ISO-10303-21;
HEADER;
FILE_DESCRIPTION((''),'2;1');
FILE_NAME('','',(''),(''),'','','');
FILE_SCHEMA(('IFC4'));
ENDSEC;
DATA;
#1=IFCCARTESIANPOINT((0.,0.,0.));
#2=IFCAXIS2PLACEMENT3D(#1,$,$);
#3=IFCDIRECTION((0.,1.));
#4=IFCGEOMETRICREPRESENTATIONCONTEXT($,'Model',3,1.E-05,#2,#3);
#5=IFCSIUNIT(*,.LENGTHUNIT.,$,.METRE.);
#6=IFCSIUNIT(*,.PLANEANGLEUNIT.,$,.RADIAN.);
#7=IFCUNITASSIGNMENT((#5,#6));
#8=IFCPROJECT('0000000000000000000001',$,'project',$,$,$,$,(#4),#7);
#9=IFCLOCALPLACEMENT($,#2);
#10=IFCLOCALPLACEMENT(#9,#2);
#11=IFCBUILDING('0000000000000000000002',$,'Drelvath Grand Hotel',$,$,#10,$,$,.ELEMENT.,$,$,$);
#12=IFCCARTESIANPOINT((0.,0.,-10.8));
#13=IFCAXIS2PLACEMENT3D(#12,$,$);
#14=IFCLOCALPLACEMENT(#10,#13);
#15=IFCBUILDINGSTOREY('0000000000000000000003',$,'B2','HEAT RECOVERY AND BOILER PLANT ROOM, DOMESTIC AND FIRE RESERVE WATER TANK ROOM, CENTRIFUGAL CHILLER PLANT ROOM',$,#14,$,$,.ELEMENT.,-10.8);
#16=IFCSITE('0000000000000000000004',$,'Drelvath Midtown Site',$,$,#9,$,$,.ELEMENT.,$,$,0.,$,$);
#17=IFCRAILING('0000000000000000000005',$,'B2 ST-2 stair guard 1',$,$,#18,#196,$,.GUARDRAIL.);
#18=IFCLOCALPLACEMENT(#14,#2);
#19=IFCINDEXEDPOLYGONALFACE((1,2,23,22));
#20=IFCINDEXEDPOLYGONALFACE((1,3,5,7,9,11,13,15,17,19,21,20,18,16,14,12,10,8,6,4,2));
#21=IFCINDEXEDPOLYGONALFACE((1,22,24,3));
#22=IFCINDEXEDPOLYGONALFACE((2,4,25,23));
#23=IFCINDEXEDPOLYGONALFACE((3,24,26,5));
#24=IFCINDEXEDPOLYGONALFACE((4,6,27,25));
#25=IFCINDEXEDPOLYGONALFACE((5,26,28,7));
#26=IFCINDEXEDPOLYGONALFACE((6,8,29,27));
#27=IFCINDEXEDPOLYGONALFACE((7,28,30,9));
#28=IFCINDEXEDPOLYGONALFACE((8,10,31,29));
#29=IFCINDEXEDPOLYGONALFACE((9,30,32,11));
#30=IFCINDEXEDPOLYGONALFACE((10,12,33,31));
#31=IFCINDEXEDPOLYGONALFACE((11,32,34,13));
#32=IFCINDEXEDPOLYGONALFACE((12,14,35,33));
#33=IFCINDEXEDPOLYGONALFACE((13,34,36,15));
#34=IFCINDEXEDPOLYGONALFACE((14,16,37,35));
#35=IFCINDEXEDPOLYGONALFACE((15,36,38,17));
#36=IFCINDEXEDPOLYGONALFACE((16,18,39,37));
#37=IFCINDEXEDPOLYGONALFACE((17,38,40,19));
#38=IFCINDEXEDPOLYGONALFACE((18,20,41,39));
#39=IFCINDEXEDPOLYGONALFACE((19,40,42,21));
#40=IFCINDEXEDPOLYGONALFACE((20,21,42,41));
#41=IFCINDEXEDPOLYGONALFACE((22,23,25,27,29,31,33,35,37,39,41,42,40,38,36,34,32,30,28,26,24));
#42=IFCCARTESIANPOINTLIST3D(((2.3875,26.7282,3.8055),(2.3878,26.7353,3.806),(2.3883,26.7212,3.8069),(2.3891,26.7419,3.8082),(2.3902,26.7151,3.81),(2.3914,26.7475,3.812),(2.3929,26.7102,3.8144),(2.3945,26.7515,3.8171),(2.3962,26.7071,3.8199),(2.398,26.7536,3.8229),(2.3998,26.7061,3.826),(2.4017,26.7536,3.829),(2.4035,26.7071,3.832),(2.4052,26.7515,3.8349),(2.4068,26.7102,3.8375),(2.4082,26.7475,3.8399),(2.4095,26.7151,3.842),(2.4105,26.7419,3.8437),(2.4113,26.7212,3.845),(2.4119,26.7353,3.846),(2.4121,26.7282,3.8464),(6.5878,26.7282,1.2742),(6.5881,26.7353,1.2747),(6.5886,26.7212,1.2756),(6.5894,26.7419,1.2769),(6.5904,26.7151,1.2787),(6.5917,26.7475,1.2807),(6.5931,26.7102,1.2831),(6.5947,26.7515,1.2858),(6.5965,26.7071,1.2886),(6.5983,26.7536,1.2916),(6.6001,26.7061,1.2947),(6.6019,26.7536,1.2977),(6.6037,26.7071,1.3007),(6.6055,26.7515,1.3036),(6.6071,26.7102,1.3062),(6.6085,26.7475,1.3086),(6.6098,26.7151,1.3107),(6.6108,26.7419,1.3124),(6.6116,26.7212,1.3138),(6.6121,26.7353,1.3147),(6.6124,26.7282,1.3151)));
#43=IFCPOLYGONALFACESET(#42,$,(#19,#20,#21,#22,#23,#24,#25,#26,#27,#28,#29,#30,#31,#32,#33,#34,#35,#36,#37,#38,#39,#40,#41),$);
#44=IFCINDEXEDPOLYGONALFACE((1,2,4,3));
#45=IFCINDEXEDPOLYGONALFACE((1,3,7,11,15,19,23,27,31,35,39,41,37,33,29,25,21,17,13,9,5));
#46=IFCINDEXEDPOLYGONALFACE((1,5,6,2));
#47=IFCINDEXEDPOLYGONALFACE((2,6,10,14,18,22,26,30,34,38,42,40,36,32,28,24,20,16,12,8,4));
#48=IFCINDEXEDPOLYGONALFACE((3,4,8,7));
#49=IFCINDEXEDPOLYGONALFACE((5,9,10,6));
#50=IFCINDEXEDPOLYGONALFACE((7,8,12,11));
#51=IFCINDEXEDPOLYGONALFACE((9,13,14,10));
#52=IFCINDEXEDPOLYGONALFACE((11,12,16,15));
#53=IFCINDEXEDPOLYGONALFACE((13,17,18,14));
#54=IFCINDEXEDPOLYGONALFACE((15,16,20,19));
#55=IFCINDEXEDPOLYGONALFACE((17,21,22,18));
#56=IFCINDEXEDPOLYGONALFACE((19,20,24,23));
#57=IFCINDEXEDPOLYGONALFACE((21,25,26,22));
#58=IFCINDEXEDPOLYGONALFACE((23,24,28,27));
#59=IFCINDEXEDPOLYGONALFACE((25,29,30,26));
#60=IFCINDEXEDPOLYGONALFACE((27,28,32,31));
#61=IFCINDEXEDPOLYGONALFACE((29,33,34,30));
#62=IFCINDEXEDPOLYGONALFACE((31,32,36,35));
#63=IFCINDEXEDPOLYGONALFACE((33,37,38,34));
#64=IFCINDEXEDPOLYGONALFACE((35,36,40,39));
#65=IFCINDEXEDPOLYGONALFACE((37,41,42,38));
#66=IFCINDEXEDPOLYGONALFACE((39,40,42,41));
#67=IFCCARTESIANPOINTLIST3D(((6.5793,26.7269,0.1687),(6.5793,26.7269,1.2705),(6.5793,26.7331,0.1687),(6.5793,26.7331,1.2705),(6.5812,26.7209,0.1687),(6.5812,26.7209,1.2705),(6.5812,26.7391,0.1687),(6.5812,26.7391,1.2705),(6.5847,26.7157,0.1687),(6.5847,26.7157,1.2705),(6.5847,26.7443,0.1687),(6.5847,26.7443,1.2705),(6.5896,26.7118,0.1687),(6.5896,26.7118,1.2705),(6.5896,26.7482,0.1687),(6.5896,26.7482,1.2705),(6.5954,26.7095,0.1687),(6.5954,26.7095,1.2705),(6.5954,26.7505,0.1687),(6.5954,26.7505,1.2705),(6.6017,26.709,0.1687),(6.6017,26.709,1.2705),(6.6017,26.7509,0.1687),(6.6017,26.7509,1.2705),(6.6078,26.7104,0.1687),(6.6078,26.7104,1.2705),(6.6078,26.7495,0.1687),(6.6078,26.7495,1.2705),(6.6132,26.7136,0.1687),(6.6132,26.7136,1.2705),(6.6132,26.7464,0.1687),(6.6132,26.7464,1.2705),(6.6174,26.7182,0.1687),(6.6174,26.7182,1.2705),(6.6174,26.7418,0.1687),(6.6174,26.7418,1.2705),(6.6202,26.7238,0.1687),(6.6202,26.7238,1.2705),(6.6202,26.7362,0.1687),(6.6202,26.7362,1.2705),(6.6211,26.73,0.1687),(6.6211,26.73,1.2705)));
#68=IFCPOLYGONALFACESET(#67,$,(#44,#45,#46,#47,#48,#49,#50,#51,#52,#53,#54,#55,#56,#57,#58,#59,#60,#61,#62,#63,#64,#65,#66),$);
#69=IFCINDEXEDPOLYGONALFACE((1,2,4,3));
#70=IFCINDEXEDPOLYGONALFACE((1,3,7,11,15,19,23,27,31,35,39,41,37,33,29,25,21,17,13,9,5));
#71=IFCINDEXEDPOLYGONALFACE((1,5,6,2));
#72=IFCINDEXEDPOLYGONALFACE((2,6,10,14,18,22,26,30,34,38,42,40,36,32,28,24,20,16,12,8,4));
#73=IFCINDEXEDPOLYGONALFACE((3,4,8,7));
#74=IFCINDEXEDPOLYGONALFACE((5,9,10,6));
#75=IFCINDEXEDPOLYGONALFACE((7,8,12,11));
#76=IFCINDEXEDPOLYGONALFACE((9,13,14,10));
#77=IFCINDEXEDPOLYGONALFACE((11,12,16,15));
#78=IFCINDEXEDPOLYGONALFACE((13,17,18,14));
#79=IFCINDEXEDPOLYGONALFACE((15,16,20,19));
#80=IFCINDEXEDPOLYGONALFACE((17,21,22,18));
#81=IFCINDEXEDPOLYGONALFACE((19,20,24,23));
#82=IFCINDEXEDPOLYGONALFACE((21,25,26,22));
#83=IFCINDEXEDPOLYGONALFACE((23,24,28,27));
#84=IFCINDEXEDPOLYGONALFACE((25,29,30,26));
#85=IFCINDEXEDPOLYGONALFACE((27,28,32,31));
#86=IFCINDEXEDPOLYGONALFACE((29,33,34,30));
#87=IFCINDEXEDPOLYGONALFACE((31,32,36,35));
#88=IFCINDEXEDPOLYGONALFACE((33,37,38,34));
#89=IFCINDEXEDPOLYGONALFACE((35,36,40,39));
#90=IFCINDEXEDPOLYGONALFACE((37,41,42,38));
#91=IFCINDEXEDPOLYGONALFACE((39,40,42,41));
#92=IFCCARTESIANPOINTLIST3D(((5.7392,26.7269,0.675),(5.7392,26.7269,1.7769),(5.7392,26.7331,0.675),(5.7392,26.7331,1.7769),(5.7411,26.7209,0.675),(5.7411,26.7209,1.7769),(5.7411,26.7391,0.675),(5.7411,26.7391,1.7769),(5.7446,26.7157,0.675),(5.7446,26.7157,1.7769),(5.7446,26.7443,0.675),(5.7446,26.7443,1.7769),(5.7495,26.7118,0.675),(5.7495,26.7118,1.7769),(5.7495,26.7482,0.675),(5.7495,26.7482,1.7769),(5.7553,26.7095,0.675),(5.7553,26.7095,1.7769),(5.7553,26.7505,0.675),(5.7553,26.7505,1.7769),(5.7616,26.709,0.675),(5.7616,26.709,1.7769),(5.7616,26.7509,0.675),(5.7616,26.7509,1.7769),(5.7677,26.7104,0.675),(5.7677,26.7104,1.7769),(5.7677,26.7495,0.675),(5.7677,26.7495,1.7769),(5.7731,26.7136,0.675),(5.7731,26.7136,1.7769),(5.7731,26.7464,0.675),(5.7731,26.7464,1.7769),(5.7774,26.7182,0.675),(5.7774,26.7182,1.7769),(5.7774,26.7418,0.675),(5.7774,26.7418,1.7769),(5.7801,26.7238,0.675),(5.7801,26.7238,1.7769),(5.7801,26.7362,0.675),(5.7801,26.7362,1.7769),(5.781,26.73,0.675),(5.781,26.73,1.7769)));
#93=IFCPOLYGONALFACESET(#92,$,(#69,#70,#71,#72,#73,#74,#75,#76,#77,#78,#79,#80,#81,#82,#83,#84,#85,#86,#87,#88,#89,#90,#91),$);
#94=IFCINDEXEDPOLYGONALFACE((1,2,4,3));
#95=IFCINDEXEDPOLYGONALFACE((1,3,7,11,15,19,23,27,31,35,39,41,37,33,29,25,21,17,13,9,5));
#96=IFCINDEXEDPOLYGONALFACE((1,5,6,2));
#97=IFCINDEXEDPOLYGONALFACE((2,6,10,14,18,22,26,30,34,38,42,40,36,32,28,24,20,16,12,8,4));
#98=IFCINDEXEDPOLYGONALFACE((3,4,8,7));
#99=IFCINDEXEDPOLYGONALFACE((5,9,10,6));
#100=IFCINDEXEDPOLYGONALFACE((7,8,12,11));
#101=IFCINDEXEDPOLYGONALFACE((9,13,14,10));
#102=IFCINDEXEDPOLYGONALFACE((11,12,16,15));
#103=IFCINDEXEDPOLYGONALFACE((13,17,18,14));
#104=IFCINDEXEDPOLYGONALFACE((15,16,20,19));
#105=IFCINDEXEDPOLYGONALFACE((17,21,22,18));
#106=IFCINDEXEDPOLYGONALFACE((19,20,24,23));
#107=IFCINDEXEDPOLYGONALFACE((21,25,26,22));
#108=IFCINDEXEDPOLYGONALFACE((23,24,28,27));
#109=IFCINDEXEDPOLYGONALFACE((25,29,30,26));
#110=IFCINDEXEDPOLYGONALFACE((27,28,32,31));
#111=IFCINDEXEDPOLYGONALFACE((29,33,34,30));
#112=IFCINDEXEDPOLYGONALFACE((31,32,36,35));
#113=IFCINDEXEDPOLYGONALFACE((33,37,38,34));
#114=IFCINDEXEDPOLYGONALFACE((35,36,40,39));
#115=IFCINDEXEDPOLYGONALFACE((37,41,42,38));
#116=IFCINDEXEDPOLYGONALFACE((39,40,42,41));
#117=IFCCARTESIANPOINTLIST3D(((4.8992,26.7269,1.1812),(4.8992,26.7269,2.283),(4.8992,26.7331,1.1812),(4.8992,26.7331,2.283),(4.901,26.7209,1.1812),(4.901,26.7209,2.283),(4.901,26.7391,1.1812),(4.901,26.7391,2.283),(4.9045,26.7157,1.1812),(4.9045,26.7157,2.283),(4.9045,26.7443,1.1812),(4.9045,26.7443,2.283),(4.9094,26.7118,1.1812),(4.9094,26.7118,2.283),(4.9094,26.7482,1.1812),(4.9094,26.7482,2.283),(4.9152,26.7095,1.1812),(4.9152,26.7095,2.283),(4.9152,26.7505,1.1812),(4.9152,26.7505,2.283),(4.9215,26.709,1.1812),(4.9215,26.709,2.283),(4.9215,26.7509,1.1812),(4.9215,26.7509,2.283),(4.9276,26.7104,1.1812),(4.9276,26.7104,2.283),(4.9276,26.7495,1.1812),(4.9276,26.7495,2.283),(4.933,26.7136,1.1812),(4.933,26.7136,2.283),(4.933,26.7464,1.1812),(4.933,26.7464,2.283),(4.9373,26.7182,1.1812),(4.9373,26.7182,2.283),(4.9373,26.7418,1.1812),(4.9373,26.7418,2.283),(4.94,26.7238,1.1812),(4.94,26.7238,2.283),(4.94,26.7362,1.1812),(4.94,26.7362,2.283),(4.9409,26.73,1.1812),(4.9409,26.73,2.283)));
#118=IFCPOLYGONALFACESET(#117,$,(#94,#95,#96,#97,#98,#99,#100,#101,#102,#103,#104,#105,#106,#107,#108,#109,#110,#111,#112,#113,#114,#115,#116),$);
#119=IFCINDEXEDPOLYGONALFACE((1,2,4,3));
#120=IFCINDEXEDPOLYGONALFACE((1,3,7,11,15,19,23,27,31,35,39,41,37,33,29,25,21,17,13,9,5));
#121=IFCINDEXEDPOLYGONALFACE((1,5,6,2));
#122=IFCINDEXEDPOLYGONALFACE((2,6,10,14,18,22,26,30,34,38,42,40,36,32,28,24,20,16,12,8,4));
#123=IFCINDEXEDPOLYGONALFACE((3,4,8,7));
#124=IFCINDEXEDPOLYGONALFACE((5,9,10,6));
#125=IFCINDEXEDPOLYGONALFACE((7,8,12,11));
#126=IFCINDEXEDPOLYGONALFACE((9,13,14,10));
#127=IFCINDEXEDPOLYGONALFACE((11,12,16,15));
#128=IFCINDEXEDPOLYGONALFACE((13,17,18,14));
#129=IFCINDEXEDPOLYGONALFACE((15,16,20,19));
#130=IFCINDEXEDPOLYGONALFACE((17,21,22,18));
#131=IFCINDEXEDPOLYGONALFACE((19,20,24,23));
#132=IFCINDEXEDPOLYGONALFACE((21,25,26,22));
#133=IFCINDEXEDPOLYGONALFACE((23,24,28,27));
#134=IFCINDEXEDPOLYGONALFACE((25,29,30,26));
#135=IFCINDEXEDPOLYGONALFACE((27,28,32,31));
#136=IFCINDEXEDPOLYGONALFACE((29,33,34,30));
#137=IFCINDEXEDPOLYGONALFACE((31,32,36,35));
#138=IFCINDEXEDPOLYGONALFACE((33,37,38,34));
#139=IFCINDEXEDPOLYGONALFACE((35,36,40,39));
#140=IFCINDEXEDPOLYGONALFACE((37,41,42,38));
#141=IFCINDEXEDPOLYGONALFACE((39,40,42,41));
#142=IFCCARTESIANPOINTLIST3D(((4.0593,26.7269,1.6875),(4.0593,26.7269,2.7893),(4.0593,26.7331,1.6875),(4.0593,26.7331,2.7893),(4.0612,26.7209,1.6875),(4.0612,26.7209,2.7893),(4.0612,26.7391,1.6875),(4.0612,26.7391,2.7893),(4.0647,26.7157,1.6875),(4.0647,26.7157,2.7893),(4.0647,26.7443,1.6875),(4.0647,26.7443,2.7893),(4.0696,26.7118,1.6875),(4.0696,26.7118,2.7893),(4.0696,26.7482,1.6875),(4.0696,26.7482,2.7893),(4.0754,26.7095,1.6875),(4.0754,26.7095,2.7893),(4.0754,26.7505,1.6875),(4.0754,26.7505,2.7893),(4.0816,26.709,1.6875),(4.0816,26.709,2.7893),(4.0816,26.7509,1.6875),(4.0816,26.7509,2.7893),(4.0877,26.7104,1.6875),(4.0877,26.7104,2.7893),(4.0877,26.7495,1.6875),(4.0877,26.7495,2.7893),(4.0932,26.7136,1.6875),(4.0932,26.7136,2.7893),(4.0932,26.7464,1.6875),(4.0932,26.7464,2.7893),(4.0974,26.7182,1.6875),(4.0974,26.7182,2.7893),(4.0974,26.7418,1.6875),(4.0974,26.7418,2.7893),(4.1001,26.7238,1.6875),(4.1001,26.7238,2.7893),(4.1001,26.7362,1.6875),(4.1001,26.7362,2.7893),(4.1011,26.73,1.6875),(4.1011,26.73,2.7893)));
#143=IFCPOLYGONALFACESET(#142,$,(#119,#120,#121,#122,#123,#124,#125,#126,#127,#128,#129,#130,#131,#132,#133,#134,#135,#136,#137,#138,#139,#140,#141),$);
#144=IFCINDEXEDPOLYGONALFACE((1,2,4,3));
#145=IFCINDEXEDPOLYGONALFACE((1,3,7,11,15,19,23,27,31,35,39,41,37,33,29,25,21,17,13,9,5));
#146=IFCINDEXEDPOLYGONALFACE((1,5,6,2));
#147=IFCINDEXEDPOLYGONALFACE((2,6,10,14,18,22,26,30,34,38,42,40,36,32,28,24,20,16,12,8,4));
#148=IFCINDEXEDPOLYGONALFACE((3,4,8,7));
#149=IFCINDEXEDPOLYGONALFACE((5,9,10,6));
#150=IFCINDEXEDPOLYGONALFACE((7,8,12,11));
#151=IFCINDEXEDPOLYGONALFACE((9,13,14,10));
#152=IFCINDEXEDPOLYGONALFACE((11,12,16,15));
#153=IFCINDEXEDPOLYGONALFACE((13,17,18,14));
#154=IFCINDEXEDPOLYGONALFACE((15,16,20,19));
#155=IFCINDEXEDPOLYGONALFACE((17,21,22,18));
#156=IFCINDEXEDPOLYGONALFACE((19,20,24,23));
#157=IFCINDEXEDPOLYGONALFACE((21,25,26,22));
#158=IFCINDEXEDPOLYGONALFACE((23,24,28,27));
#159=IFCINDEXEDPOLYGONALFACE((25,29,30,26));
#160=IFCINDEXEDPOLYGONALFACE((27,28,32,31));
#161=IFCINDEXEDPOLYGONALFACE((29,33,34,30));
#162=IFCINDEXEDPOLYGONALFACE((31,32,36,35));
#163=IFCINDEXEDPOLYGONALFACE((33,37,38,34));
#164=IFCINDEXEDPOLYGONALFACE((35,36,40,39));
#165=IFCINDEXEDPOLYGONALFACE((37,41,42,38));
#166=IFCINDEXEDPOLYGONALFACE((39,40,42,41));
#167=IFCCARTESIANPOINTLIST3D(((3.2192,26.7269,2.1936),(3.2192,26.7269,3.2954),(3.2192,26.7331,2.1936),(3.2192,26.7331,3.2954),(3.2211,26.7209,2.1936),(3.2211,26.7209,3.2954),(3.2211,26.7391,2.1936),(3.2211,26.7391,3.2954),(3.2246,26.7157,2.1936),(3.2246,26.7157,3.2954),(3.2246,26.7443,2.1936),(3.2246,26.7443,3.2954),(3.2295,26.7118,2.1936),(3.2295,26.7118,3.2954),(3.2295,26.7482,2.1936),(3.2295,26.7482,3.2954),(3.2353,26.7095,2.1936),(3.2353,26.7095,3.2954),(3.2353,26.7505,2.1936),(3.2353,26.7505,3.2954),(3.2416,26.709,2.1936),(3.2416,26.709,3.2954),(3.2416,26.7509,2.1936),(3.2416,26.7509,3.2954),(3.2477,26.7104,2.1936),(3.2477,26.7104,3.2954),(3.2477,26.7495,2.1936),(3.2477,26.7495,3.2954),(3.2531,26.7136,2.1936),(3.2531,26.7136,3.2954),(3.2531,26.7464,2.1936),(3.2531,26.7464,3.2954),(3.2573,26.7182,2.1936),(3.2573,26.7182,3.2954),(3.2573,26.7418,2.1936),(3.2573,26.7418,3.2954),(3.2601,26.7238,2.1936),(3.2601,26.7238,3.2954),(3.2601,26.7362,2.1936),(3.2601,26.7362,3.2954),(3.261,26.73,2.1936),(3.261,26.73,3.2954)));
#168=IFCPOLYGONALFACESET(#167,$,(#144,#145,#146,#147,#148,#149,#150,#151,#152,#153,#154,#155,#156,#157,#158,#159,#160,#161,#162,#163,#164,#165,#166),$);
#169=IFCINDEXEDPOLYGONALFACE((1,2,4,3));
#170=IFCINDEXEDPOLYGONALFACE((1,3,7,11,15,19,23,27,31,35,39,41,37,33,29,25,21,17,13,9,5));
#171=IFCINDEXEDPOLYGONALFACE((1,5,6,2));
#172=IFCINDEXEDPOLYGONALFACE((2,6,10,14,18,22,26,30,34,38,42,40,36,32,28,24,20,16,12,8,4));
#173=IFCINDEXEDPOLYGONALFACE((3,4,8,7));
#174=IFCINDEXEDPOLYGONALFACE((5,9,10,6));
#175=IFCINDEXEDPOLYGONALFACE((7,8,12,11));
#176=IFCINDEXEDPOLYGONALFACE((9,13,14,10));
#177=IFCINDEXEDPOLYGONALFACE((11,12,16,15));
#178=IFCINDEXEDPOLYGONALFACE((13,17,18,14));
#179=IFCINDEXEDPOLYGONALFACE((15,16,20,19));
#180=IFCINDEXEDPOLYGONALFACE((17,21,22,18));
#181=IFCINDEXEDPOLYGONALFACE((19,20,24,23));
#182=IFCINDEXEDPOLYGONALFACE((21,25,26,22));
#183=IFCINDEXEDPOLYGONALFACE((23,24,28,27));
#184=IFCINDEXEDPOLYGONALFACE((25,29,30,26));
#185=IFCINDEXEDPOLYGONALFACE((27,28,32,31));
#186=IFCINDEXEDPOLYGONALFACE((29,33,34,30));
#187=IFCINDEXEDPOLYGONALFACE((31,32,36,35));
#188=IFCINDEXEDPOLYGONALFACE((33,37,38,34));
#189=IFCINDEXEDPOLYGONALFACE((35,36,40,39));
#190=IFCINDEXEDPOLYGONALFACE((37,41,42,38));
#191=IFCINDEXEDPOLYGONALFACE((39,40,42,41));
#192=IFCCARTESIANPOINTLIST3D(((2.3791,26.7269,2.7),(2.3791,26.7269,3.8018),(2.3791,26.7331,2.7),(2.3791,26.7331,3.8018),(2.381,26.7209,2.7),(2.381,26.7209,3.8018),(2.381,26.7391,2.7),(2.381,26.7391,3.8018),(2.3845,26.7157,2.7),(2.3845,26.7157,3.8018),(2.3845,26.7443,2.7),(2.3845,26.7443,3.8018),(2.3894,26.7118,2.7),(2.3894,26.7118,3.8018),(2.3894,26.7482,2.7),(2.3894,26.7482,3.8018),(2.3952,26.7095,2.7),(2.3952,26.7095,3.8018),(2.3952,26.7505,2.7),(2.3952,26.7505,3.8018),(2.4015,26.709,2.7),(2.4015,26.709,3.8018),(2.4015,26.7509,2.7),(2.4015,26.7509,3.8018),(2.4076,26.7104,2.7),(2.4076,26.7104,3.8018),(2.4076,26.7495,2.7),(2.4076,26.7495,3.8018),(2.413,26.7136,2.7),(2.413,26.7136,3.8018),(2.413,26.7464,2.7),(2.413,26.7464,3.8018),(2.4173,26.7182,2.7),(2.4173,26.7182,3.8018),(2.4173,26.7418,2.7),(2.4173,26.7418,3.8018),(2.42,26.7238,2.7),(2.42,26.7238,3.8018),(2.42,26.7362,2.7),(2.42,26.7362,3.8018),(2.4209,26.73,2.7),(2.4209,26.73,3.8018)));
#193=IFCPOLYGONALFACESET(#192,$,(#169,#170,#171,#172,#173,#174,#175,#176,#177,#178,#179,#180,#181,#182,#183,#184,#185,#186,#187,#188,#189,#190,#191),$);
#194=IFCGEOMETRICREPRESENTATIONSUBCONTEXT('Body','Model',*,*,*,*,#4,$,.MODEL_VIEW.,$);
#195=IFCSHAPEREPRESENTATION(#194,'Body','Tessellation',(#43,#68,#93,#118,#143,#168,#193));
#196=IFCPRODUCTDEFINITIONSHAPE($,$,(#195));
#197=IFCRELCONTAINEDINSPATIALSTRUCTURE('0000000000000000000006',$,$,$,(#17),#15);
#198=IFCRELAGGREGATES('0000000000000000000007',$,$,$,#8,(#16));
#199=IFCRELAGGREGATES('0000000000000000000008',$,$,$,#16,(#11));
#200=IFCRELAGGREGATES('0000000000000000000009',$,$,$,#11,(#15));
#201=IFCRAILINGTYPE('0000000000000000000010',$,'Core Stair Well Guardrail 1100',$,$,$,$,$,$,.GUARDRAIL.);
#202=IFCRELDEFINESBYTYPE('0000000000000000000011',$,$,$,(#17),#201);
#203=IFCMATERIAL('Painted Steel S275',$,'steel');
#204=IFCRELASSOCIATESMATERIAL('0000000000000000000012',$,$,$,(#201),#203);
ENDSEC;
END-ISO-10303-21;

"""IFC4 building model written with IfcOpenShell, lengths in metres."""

from ifc_helpers import new_model, si_unit, direction, frame, origin, origin_2d, place, context, subcontext, project, spatial, circle, extrude, material, type_object, element, save


model = new_model("IFC4")

# Units and contexts
model_context = context("Model", 3, precision=1e-05, world=origin(), true_north=direction((0.0, 1.0)))
body_context = subcontext(model_context, "Body", "Model", "MODEL_VIEW")
ifc_project = project(units=[si_unit("LENGTHUNIT", "METRE"), si_unit("PLANEANGLEUNIT", "RADIAN")], contexts=[model_context])

# Site, building, storey
site_placement = place(None, origin())
site = spatial("IfcSite", under=ifc_project, at=site_placement, Name="Drelvath Midtown Site", CompositionType="ELEMENT", RefElevation=0.0)
building_placement = place(site_placement, origin())
building = spatial("IfcBuilding", under=site, at=building_placement, Name="Drelvath Grand Hotel", CompositionType="ELEMENT")
storey_placement = place(building_placement, frame((0.0, 0.0, -10.8)))
storey = spatial("IfcBuildingStorey", under=building, at=storey_placement, Name="B2", Description="HEAT RECOVERY AND BOILER PLANT ROOM, DOMESTIC AND FIRE RESERVE WATER TANK ROOM, CENTRIFUGAL CHILLER PLANT ROOM", CompositionType="ELEMENT", Elevation=-10.8)

# Shared definitions
ifc_material_1 = material(Name="Painted Steel S275", Category="steel")

# Railing
railing_type_1 = type_object("IfcRailingType", Name="Core Stair Well Guardrail 1100", PredefinedType="GUARDRAIL", material=ifc_material_1)
railing_1_placement = place(storey_placement, frame((6.6001, 26.73, 0.1687)))
element("IfcRailing", 1, at=railing_1_placement, inside=storey, type_object=railing_type_1, Name="B2 ST-2 stair guard 1", PredefinedType="GUARDRAIL", context=body_context, shape_type="SweptSolid", body=[
    extrude(circle(Radius=0.0239, at=origin_2d()), frame((0.0, 0.0, 1.126), z_axis=(-0.85649, 0.0, 0.516164), x_axis=(0.0, -1.0, 0.0)), (0.0, 0.0, 1.0), 4.9041),
    extrude(circle(Radius=0.021, at=origin_2d()), origin(), (0.0, 0.0, 1.0), 1.1018),
    extrude(circle(Radius=0.021, at=origin_2d()), frame((-0.8401, 0.0, 0.5063)), (0.0, 0.0, 1.0), 1.1018),
    extrude(circle(Radius=0.021, at=origin_2d()), frame((-1.6802, 0.0, 1.0125)), (0.0, 0.0, 1.0), 1.1018),
    extrude(circle(Radius=0.021, at=origin_2d()), frame((-2.52, 0.0, 1.5188)), (0.0, 0.0, 1.0), 1.1018),
    extrude(circle(Radius=0.021, at=origin_2d()), frame((-3.3601, 0.0, 2.0249)), (0.0, 0.0, 1.0), 1.1018),
    extrude(circle(Radius=0.021, at=origin_2d()), frame((-4.2002, 0.0, 2.5312)), (0.0, 0.0, 1.0), 1.1018),
])

save(model, "model.ifc")
